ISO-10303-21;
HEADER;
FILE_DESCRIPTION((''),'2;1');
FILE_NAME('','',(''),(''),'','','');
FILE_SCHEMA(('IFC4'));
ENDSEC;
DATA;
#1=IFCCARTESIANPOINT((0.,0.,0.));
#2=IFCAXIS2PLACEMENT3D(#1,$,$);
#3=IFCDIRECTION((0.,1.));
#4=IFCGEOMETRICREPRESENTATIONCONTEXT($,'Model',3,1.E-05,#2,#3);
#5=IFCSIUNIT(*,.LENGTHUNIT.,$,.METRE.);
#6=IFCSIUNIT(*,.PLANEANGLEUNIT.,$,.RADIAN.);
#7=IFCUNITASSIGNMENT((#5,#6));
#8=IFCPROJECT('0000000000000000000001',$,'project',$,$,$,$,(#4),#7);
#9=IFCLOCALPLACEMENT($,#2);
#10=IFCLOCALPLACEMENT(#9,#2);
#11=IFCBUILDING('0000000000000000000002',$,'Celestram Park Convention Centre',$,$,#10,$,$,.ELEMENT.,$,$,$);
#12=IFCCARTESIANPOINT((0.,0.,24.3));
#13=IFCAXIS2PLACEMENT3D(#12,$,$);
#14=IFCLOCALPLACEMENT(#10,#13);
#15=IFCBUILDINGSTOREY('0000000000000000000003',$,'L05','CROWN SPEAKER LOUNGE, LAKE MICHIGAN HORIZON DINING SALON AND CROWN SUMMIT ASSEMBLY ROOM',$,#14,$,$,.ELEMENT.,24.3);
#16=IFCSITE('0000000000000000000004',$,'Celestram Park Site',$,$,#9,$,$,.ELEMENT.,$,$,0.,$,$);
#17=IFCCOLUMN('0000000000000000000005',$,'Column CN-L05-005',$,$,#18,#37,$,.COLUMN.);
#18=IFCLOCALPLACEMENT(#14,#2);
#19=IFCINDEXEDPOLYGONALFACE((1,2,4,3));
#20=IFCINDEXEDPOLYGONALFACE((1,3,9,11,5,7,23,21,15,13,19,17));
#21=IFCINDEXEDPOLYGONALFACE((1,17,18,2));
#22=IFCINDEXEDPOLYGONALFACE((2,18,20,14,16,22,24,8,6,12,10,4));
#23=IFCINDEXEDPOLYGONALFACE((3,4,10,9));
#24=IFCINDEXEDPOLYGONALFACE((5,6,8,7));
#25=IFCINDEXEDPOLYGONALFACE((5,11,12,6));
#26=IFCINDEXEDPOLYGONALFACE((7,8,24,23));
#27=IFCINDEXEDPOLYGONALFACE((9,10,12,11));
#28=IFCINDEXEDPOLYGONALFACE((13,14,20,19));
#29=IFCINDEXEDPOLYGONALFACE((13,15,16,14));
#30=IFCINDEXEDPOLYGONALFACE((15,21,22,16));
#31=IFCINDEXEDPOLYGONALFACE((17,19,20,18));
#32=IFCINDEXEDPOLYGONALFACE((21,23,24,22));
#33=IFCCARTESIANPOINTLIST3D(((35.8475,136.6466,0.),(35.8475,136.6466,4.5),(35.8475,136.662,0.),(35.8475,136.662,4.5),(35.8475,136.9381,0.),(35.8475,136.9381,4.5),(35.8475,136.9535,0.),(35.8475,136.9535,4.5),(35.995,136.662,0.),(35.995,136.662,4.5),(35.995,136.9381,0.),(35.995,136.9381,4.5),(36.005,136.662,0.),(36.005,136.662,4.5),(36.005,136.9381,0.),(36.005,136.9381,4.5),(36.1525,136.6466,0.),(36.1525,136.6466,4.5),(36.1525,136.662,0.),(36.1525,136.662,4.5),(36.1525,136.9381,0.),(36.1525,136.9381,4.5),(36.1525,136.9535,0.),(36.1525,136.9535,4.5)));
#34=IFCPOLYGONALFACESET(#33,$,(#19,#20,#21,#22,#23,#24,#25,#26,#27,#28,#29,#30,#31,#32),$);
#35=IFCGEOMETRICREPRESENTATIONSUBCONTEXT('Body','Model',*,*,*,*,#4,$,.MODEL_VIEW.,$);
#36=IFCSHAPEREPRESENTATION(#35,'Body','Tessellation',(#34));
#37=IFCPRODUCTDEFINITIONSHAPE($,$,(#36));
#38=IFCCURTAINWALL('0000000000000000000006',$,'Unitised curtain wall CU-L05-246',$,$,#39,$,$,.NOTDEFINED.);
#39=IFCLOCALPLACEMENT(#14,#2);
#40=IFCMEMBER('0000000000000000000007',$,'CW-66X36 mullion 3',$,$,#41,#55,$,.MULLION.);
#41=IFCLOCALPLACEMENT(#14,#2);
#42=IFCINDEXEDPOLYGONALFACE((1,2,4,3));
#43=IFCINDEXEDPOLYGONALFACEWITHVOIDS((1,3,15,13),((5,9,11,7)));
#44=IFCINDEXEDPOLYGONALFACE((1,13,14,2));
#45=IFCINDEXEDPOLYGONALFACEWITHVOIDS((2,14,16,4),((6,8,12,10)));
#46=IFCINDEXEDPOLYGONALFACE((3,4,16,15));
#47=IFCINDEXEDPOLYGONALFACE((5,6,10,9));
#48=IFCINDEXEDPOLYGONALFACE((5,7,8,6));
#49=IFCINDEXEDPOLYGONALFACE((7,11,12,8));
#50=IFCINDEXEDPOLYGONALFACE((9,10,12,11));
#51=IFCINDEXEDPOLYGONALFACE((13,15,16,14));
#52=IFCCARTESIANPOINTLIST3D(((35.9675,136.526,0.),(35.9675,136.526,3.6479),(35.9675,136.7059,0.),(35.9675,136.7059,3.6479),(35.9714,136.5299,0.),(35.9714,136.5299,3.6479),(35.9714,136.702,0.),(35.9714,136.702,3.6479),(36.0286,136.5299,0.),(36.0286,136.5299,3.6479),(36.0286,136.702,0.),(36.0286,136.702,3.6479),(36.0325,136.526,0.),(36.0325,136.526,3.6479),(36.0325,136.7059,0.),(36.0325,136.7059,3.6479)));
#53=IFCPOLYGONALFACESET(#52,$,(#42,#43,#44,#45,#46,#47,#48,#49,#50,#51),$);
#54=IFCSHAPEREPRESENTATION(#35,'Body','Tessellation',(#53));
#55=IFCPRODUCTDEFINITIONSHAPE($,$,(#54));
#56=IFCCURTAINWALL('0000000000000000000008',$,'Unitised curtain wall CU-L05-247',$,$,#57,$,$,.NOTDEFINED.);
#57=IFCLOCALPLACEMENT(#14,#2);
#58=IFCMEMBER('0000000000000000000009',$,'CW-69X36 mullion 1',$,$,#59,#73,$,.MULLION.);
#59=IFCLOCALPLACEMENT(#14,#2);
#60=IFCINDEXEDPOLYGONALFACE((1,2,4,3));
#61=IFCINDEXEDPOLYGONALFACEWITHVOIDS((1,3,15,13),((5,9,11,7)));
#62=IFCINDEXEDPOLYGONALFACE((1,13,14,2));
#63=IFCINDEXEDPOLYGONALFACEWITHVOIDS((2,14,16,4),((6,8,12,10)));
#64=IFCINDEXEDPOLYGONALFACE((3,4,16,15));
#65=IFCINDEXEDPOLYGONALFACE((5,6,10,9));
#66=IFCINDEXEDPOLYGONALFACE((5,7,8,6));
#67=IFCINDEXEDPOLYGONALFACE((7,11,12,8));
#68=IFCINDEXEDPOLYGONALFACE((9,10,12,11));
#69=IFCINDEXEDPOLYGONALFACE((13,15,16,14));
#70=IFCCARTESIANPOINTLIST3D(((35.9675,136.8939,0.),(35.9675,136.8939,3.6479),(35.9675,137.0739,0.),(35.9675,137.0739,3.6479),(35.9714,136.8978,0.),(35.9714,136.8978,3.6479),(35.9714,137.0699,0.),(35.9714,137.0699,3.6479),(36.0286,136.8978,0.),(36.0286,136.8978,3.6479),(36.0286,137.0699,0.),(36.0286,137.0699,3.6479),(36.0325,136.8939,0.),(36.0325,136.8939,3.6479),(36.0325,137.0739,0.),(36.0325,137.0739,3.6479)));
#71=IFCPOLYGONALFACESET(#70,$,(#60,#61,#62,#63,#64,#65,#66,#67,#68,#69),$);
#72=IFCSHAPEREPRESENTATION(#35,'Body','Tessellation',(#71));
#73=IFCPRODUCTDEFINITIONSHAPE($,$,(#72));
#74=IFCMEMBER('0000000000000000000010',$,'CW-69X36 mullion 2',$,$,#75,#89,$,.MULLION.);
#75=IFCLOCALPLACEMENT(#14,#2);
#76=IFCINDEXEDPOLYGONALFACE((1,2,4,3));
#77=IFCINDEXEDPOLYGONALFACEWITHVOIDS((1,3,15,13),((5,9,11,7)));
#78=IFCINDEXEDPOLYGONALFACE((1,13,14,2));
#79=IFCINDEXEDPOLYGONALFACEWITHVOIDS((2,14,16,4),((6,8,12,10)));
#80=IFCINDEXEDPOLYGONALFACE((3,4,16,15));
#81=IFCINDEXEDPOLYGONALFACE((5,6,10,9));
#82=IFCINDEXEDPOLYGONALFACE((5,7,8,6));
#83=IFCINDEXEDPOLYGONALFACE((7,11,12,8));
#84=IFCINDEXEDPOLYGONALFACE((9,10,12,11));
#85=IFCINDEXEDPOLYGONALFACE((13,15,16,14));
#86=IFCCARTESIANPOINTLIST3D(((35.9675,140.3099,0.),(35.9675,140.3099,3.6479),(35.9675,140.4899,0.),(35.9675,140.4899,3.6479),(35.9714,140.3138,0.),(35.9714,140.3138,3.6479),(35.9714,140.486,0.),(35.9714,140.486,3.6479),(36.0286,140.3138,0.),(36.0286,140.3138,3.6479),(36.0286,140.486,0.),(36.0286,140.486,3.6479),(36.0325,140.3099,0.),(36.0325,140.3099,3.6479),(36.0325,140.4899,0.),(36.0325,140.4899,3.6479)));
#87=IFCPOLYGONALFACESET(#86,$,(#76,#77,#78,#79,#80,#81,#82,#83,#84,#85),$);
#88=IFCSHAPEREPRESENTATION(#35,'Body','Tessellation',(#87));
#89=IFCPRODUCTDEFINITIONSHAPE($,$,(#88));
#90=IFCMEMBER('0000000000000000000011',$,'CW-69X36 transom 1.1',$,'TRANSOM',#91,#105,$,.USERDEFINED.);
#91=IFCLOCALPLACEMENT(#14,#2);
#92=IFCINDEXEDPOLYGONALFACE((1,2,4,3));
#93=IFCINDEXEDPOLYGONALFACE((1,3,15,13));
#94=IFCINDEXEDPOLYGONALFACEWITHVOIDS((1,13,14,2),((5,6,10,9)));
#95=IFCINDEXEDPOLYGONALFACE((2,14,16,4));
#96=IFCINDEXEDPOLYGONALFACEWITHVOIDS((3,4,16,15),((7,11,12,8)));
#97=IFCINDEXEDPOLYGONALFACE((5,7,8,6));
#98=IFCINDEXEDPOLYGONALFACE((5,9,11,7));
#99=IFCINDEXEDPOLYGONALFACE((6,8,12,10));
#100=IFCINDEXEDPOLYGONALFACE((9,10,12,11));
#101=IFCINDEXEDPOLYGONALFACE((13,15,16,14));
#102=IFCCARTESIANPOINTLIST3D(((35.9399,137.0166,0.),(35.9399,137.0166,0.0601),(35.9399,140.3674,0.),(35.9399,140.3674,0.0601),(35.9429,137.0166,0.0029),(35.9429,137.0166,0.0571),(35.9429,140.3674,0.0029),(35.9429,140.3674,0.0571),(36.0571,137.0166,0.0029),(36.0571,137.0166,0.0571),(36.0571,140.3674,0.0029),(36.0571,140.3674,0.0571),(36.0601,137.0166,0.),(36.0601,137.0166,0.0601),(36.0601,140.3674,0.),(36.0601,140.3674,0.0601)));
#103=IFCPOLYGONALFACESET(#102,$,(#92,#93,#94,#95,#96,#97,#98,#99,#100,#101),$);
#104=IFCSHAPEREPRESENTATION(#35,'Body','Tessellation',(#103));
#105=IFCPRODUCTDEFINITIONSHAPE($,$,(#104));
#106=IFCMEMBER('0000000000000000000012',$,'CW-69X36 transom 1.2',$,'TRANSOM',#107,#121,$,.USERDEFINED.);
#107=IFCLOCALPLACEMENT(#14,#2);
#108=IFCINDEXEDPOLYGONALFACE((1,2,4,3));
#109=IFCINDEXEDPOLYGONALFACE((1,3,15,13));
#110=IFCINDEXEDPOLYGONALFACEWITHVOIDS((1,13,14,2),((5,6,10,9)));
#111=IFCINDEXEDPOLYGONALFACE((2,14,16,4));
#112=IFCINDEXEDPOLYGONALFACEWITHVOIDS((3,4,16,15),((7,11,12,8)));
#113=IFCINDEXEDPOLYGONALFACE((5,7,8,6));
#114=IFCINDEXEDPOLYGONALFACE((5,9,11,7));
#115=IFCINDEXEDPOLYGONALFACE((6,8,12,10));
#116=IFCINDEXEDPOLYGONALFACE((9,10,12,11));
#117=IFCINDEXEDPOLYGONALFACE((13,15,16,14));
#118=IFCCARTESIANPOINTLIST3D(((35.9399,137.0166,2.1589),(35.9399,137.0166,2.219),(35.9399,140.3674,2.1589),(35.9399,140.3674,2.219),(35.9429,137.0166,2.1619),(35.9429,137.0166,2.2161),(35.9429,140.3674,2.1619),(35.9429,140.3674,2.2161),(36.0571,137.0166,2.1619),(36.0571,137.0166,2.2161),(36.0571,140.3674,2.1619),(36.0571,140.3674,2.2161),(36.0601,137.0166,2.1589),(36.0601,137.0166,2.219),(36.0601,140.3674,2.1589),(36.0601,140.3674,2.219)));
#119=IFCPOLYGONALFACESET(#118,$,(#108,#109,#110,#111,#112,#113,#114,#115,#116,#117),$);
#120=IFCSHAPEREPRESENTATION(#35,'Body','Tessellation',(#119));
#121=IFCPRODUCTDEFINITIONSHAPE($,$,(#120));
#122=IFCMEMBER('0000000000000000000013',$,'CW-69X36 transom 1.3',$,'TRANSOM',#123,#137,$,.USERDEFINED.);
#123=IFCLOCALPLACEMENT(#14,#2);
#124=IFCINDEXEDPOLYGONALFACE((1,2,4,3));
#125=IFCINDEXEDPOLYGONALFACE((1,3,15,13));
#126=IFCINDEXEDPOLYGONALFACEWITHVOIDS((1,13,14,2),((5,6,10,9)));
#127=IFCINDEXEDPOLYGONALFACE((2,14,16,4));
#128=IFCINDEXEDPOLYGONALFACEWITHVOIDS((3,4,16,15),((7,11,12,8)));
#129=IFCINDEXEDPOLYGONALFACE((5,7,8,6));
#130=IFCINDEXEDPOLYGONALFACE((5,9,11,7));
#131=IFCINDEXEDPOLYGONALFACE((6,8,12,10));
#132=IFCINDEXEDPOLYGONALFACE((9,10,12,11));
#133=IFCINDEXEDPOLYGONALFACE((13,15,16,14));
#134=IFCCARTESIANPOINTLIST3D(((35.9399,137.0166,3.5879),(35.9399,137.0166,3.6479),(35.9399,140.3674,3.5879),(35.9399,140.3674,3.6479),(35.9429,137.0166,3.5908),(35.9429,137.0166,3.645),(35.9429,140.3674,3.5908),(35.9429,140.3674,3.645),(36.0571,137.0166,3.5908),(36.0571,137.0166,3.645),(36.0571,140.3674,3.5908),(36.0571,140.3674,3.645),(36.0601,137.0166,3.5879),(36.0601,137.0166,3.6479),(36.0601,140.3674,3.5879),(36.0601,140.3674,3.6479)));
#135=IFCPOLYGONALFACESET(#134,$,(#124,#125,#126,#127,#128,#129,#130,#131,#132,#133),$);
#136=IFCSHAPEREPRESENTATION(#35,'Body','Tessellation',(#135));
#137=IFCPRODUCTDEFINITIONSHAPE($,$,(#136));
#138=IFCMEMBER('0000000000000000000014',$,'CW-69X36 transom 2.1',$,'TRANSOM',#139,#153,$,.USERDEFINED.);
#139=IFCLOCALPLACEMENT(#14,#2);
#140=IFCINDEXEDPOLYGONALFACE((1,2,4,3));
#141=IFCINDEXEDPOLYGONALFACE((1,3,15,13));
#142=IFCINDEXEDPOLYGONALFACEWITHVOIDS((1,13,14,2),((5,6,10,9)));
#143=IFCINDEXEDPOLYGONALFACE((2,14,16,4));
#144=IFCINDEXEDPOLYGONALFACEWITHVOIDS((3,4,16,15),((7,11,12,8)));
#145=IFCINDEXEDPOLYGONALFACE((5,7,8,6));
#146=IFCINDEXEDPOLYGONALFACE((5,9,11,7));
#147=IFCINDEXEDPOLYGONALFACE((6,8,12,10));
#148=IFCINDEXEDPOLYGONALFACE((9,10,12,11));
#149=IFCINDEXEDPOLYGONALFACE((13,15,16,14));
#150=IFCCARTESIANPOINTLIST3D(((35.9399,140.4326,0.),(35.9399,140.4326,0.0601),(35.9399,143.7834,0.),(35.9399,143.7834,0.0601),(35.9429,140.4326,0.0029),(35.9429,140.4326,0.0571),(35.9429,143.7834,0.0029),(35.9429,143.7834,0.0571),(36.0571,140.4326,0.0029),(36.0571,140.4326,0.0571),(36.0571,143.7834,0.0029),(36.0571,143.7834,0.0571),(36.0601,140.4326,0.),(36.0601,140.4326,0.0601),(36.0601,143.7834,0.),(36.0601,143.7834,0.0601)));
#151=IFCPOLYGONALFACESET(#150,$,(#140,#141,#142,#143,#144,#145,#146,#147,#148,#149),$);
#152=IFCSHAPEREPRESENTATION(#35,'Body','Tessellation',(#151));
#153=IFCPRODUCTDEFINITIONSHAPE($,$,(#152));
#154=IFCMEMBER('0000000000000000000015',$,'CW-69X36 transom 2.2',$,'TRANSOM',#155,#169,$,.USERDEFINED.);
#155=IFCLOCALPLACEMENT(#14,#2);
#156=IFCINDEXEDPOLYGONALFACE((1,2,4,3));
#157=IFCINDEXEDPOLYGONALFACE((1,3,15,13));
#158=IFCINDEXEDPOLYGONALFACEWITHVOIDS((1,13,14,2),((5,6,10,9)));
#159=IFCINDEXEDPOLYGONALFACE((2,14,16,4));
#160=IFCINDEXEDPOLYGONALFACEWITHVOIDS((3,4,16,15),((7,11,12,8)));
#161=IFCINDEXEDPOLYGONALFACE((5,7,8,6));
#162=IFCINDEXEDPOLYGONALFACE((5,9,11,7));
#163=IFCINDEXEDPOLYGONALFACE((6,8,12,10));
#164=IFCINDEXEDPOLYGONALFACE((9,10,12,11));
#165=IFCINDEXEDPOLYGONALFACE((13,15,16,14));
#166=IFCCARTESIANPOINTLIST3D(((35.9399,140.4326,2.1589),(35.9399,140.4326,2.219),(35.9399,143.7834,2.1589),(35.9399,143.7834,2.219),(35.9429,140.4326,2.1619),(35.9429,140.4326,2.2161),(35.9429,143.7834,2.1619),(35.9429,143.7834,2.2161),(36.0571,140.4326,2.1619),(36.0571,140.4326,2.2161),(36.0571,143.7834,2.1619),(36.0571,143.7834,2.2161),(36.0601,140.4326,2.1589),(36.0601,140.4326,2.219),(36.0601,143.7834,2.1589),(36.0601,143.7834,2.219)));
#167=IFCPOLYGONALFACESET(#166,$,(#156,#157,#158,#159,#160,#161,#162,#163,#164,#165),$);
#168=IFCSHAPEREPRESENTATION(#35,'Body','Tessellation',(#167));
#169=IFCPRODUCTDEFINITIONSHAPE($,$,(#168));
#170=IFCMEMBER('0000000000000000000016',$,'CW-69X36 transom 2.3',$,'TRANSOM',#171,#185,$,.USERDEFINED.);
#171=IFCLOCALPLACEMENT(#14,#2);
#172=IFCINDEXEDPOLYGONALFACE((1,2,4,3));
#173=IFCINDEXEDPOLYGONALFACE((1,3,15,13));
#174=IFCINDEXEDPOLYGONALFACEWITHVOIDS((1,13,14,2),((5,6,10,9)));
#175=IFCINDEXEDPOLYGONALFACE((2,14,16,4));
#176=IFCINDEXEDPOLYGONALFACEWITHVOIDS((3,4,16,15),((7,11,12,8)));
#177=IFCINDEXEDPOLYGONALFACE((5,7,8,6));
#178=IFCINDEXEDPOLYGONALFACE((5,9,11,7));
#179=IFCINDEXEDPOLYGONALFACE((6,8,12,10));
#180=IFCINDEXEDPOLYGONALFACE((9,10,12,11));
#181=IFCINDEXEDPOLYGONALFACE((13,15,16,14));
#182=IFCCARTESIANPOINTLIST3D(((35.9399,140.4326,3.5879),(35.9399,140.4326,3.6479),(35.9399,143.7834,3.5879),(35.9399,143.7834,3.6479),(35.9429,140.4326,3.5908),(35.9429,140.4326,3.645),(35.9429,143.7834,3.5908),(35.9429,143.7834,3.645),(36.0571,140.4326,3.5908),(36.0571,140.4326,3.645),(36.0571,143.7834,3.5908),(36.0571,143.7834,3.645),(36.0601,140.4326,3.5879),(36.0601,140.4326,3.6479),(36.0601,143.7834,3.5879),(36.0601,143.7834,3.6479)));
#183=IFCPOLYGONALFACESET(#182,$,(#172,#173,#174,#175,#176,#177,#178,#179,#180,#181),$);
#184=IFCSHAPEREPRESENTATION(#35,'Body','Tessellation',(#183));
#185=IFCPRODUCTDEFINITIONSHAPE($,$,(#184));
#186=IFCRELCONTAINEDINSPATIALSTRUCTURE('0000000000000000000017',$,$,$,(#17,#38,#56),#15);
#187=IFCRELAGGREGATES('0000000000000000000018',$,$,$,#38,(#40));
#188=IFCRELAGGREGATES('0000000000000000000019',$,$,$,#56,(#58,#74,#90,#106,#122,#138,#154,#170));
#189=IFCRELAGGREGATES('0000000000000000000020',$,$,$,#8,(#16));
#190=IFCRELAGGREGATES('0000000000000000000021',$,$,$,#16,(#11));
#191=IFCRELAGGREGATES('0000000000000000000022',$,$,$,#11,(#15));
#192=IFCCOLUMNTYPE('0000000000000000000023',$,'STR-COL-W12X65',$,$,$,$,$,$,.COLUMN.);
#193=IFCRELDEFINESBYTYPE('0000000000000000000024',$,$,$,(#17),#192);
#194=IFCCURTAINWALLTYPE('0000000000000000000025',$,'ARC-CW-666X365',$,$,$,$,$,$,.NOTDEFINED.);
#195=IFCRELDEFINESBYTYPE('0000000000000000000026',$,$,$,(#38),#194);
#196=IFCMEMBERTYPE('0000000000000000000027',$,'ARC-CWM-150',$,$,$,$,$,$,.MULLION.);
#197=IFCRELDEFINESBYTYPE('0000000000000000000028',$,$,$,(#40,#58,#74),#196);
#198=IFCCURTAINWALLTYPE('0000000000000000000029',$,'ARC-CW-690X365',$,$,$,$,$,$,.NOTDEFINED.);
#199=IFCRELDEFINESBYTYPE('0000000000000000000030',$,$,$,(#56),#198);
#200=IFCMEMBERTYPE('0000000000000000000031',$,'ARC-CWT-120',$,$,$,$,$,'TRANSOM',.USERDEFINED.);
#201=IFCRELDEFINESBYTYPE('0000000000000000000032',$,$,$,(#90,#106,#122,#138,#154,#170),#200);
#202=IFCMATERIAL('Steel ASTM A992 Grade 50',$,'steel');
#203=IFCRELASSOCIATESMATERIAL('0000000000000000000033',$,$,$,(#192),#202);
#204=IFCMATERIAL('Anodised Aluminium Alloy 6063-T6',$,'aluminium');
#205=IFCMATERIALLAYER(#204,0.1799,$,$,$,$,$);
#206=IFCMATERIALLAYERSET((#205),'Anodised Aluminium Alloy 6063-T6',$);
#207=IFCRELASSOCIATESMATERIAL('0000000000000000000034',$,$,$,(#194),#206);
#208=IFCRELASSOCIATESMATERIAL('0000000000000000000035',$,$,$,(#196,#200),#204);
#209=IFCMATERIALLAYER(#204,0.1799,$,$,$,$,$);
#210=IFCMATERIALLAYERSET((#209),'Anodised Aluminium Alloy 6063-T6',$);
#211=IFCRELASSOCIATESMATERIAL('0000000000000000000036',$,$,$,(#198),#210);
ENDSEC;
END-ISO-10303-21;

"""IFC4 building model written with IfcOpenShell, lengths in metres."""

from ifc_helpers import new_model, si_unit, direction, frame, origin, origin_2d, place, context, subcontext, project, spatial, hollow_rectangle, i_section, extrude, material, layer, layer_set, material_profile, profile_set, type_object, element, aggregate, save


model = new_model("IFC4")

# Units and contexts
model_context = context("Model", 3, precision=1e-05, world=origin(), true_north=direction((0.0, 1.0)))
body_context = subcontext(model_context, "Body", "Model", "MODEL_VIEW")
ifc_project = project(units=[si_unit("LENGTHUNIT", "METRE"), si_unit("PLANEANGLEUNIT", "RADIAN")], contexts=[model_context])

# Site, building, storey
site_placement = place(None, origin())
site = spatial("IfcSite", under=ifc_project, at=site_placement, Name="Celestram Park Site", CompositionType="ELEMENT", RefElevation=0.0)
building_placement = place(site_placement, origin())
building = spatial("IfcBuilding", under=site, at=building_placement, Name="Celestram Park Convention Centre", CompositionType="ELEMENT")
storey_placement = place(building_placement, frame((0.0, 0.0, 24.3)))
storey = spatial("IfcBuildingStorey", under=building, at=storey_placement, Name="L05", Description="CROWN SPEAKER LOUNGE, LAKE MICHIGAN HORIZON DINING SALON AND CROWN SUMMIT ASSEMBLY ROOM", CompositionType="ELEMENT", Elevation=24.3)

# Column
ifc_material_1 = material(Name="Steel ASTM A992 Grade 50", Category="steel")
ifc_material_profile_1 = material_profile(ifc_material_1, i_section(OverallWidth=0.3049, OverallDepth=0.3069, WebThickness=0.01, FlangeThickness=0.0154, at=origin_2d()), Name="W12X65")
ifc_profile_set_1 = profile_set([ifc_material_profile_1], Name="Steel ASTM A992 Grade 50")
column_type = type_object("IfcColumnType", Name="STR-COL-W12X65", PredefinedType="COLUMN", material=ifc_profile_set_1)
column_placement = place(storey_placement, frame((36.0, 136.8, 0.0), z_axis=(0.0, 0.0, 1.0), x_axis=(1.0, 0.0, 0.0)))
element("IfcColumn", 1, at=column_placement, inside=storey, type_object=column_type, Name="Column CN-L05-005", PredefinedType="COLUMN", context=body_context, shape_type="SweptSolid", body=[
    extrude(i_section(OverallWidth=0.3049, OverallDepth=0.3069, WebThickness=0.01, FlangeThickness=0.0154, at=origin_2d()), origin(), (0.0, 0.0, 1.0), 4.5),
])

# Curtain wall, member
ifc_material_2 = material(Name="Anodised Aluminium Alloy 6063-T6", Category="aluminium")
ifc_layer_1 = layer(ifc_material_2, 0.1799)
ifc_layer_set_1 = layer_set([ifc_layer_1], Name="Anodised Aluminium Alloy 6063-T6")
curtain_wall_type_1 = type_object("IfcCurtainWallType", Name="ARC-CW-666X365", PredefinedType="NOTDEFINED", material=ifc_layer_set_1)
curtain_wall_1_placement = place(storey_placement, origin())
curtain_wall_1 = element("IfcCurtainWall", 2, at=curtain_wall_1_placement, inside=storey, type_object=curtain_wall_type_1, Name="Unitised curtain wall CU-L05-246", PredefinedType="NOTDEFINED")
ifc_material_profile_2 = material_profile(ifc_material_2, hollow_rectangle(XDim=0.0649, YDim=0.1799, WallThickness=0.0039, at=origin_2d()), Name="ALU65X180X4")
ifc_profile_set_2 = profile_set([ifc_material_profile_2], Name="Anodised Aluminium Alloy 6063-T6")
member_type_1 = type_object("IfcMemberType", Name="ARC-CWM-150", PredefinedType="MULLION", material=ifc_profile_set_2)
member_1_placement = place(storey_placement, frame((36.0, 136.616, 0.0), z_axis=(0.0, 0.0, 1.0), x_axis=(-1.0, 0.0, 0.0)))
member_1 = element("IfcMember", 3, at=member_1_placement, type_object=member_type_1, Name="CW-66X36 mullion 3", PredefinedType="MULLION", context=body_context, shape_type="SweptSolid", body=[
    extrude(hollow_rectangle(XDim=0.0649, YDim=0.1799, WallThickness=0.0039, at=origin_2d()), origin(), (0.0, 0.0, 1.0), 3.6479),
])

# Curtain wall, members
ifc_layer_2 = layer(ifc_material_2, 0.1799)
ifc_layer_set_2 = layer_set([ifc_layer_2], Name="Anodised Aluminium Alloy 6063-T6")
curtain_wall_type_2 = type_object("IfcCurtainWallType", Name="ARC-CW-690X365", PredefinedType="NOTDEFINED", material=ifc_layer_set_2)
curtain_wall_2_placement = place(storey_placement, origin())
curtain_wall_2 = element("IfcCurtainWall", 4, at=curtain_wall_2_placement, inside=storey, type_object=curtain_wall_type_2, Name="Unitised curtain wall CU-L05-247", PredefinedType="NOTDEFINED")
member_2_placement = place(storey_placement, frame((36.0, 136.9839, 0.0), z_axis=(0.0, 0.0, 1.0), x_axis=(-1.0, 0.0, 0.0)))
member_2 = element("IfcMember", 5, at=member_2_placement, type_object=member_type_1, Name="CW-69X36 mullion 1", PredefinedType="MULLION", context=body_context, shape_type="SweptSolid", body=[
    extrude(hollow_rectangle(XDim=0.0649, YDim=0.1799, WallThickness=0.0039, at=origin_2d()), origin(), (0.0, 0.0, 1.0), 3.6479),
])
member_3_placement = place(storey_placement, frame((36.0, 140.3999, 0.0), z_axis=(0.0, 0.0, 1.0), x_axis=(-1.0, 0.0, 0.0)))
member_3 = element("IfcMember", 6, at=member_3_placement, type_object=member_type_1, Name="CW-69X36 mullion 2", PredefinedType="MULLION", context=body_context, shape_type="SweptSolid", body=[
    extrude(hollow_rectangle(XDim=0.0649, YDim=0.1799, WallThickness=0.0039, at=origin_2d()), origin(), (0.0, 0.0, 1.0), 3.6479),
])
ifc_material_profile_3 = material_profile(ifc_material_2, hollow_rectangle(XDim=0.1201, YDim=0.0601, WallThickness=0.0029, at=origin_2d()), Name="ALU120X60X3")
ifc_profile_set_3 = profile_set([ifc_material_profile_3], Name="Anodised Aluminium Alloy 6063-T6")
member_type_2 = type_object("IfcMemberType", Name="ARC-CWT-120", ElementType="TRANSOM", PredefinedType="USERDEFINED", material=ifc_profile_set_3)
member_4_placement = place(storey_placement, frame((36.0, 137.0166, 0.03), z_axis=(0.0, 1.0, 0.0), x_axis=(-1.0, 0.0, 0.0)))
member_4 = element("IfcMember", 7, at=member_4_placement, type_object=member_type_2, Name="CW-69X36 transom 1.1", ObjectType="TRANSOM", PredefinedType="USERDEFINED", context=body_context, shape_type="SweptSolid", body=[
    extrude(hollow_rectangle(XDim=0.1201, YDim=0.0601, WallThickness=0.0029, at=origin_2d()), origin(), (0.0, 0.0, 1.0), 3.3508),
])
member_5_placement = place(storey_placement, frame((36.0, 137.0166, 2.189), z_axis=(0.0, 1.0, 0.0), x_axis=(-1.0, 0.0, 0.0)))
member_5 = element("IfcMember", 8, at=member_5_placement, type_object=member_type_2, Name="CW-69X36 transom 1.2", ObjectType="TRANSOM", PredefinedType="USERDEFINED", context=body_context, shape_type="SweptSolid", body=[
    extrude(hollow_rectangle(XDim=0.1201, YDim=0.0601, WallThickness=0.0029, at=origin_2d()), origin(), (0.0, 0.0, 1.0), 3.3508),
])
member_6_placement = place(storey_placement, frame((36.0, 137.0166, 3.6179), z_axis=(0.0, 1.0, 0.0), x_axis=(-1.0, 0.0, 0.0)))
member_6 = element("IfcMember", 9, at=member_6_placement, type_object=member_type_2, Name="CW-69X36 transom 1.3", ObjectType="TRANSOM", PredefinedType="USERDEFINED", context=body_context, shape_type="SweptSolid", body=[
    extrude(hollow_rectangle(XDim=0.1201, YDim=0.0601, WallThickness=0.0029, at=origin_2d()), origin(), (0.0, 0.0, 1.0), 3.3508),
])
member_7_placement = place(storey_placement, frame((36.0, 140.4326, 0.03), z_axis=(0.0, 1.0, 0.0), x_axis=(-1.0, 0.0, 0.0)))
member_7 = element("IfcMember", 10, at=member_7_placement, type_object=member_type_2, Name="CW-69X36 transom 2.1", ObjectType="TRANSOM", PredefinedType="USERDEFINED", context=body_context, shape_type="SweptSolid", body=[
    extrude(hollow_rectangle(XDim=0.1201, YDim=0.0601, WallThickness=0.0029, at=origin_2d()), origin(), (0.0, 0.0, 1.0), 3.3508),
])
member_8_placement = place(storey_placement, frame((36.0, 140.4326, 2.189), z_axis=(0.0, 1.0, 0.0), x_axis=(-1.0, 0.0, 0.0)))
member_8 = element("IfcMember", 11, at=member_8_placement, type_object=member_type_2, Name="CW-69X36 transom 2.2", ObjectType="TRANSOM", PredefinedType="USERDEFINED", context=body_context, shape_type="SweptSolid", body=[
    extrude(hollow_rectangle(XDim=0.1201, YDim=0.0601, WallThickness=0.0029, at=origin_2d()), origin(), (0.0, 0.0, 1.0), 3.3508),
])
member_9_placement = place(storey_placement, frame((36.0, 140.4326, 3.6179), z_axis=(0.0, 1.0, 0.0), x_axis=(-1.0, 0.0, 0.0)))
member_9 = element("IfcMember", 12, at=member_9_placement, type_object=member_type_2, Name="CW-69X36 transom 2.3", ObjectType="TRANSOM", PredefinedType="USERDEFINED", context=body_context, shape_type="SweptSolid", body=[
    extrude(hollow_rectangle(XDim=0.1201, YDim=0.0601, WallThickness=0.0029, at=origin_2d()), origin(), (0.0, 0.0, 1.0), 3.3508),
])

aggregate(curtain_wall_1, [member_1])
aggregate(curtain_wall_2, [member_2, member_3, member_4, member_5, member_6, member_7, member_8, member_9])

save(model, "model.ifc")
